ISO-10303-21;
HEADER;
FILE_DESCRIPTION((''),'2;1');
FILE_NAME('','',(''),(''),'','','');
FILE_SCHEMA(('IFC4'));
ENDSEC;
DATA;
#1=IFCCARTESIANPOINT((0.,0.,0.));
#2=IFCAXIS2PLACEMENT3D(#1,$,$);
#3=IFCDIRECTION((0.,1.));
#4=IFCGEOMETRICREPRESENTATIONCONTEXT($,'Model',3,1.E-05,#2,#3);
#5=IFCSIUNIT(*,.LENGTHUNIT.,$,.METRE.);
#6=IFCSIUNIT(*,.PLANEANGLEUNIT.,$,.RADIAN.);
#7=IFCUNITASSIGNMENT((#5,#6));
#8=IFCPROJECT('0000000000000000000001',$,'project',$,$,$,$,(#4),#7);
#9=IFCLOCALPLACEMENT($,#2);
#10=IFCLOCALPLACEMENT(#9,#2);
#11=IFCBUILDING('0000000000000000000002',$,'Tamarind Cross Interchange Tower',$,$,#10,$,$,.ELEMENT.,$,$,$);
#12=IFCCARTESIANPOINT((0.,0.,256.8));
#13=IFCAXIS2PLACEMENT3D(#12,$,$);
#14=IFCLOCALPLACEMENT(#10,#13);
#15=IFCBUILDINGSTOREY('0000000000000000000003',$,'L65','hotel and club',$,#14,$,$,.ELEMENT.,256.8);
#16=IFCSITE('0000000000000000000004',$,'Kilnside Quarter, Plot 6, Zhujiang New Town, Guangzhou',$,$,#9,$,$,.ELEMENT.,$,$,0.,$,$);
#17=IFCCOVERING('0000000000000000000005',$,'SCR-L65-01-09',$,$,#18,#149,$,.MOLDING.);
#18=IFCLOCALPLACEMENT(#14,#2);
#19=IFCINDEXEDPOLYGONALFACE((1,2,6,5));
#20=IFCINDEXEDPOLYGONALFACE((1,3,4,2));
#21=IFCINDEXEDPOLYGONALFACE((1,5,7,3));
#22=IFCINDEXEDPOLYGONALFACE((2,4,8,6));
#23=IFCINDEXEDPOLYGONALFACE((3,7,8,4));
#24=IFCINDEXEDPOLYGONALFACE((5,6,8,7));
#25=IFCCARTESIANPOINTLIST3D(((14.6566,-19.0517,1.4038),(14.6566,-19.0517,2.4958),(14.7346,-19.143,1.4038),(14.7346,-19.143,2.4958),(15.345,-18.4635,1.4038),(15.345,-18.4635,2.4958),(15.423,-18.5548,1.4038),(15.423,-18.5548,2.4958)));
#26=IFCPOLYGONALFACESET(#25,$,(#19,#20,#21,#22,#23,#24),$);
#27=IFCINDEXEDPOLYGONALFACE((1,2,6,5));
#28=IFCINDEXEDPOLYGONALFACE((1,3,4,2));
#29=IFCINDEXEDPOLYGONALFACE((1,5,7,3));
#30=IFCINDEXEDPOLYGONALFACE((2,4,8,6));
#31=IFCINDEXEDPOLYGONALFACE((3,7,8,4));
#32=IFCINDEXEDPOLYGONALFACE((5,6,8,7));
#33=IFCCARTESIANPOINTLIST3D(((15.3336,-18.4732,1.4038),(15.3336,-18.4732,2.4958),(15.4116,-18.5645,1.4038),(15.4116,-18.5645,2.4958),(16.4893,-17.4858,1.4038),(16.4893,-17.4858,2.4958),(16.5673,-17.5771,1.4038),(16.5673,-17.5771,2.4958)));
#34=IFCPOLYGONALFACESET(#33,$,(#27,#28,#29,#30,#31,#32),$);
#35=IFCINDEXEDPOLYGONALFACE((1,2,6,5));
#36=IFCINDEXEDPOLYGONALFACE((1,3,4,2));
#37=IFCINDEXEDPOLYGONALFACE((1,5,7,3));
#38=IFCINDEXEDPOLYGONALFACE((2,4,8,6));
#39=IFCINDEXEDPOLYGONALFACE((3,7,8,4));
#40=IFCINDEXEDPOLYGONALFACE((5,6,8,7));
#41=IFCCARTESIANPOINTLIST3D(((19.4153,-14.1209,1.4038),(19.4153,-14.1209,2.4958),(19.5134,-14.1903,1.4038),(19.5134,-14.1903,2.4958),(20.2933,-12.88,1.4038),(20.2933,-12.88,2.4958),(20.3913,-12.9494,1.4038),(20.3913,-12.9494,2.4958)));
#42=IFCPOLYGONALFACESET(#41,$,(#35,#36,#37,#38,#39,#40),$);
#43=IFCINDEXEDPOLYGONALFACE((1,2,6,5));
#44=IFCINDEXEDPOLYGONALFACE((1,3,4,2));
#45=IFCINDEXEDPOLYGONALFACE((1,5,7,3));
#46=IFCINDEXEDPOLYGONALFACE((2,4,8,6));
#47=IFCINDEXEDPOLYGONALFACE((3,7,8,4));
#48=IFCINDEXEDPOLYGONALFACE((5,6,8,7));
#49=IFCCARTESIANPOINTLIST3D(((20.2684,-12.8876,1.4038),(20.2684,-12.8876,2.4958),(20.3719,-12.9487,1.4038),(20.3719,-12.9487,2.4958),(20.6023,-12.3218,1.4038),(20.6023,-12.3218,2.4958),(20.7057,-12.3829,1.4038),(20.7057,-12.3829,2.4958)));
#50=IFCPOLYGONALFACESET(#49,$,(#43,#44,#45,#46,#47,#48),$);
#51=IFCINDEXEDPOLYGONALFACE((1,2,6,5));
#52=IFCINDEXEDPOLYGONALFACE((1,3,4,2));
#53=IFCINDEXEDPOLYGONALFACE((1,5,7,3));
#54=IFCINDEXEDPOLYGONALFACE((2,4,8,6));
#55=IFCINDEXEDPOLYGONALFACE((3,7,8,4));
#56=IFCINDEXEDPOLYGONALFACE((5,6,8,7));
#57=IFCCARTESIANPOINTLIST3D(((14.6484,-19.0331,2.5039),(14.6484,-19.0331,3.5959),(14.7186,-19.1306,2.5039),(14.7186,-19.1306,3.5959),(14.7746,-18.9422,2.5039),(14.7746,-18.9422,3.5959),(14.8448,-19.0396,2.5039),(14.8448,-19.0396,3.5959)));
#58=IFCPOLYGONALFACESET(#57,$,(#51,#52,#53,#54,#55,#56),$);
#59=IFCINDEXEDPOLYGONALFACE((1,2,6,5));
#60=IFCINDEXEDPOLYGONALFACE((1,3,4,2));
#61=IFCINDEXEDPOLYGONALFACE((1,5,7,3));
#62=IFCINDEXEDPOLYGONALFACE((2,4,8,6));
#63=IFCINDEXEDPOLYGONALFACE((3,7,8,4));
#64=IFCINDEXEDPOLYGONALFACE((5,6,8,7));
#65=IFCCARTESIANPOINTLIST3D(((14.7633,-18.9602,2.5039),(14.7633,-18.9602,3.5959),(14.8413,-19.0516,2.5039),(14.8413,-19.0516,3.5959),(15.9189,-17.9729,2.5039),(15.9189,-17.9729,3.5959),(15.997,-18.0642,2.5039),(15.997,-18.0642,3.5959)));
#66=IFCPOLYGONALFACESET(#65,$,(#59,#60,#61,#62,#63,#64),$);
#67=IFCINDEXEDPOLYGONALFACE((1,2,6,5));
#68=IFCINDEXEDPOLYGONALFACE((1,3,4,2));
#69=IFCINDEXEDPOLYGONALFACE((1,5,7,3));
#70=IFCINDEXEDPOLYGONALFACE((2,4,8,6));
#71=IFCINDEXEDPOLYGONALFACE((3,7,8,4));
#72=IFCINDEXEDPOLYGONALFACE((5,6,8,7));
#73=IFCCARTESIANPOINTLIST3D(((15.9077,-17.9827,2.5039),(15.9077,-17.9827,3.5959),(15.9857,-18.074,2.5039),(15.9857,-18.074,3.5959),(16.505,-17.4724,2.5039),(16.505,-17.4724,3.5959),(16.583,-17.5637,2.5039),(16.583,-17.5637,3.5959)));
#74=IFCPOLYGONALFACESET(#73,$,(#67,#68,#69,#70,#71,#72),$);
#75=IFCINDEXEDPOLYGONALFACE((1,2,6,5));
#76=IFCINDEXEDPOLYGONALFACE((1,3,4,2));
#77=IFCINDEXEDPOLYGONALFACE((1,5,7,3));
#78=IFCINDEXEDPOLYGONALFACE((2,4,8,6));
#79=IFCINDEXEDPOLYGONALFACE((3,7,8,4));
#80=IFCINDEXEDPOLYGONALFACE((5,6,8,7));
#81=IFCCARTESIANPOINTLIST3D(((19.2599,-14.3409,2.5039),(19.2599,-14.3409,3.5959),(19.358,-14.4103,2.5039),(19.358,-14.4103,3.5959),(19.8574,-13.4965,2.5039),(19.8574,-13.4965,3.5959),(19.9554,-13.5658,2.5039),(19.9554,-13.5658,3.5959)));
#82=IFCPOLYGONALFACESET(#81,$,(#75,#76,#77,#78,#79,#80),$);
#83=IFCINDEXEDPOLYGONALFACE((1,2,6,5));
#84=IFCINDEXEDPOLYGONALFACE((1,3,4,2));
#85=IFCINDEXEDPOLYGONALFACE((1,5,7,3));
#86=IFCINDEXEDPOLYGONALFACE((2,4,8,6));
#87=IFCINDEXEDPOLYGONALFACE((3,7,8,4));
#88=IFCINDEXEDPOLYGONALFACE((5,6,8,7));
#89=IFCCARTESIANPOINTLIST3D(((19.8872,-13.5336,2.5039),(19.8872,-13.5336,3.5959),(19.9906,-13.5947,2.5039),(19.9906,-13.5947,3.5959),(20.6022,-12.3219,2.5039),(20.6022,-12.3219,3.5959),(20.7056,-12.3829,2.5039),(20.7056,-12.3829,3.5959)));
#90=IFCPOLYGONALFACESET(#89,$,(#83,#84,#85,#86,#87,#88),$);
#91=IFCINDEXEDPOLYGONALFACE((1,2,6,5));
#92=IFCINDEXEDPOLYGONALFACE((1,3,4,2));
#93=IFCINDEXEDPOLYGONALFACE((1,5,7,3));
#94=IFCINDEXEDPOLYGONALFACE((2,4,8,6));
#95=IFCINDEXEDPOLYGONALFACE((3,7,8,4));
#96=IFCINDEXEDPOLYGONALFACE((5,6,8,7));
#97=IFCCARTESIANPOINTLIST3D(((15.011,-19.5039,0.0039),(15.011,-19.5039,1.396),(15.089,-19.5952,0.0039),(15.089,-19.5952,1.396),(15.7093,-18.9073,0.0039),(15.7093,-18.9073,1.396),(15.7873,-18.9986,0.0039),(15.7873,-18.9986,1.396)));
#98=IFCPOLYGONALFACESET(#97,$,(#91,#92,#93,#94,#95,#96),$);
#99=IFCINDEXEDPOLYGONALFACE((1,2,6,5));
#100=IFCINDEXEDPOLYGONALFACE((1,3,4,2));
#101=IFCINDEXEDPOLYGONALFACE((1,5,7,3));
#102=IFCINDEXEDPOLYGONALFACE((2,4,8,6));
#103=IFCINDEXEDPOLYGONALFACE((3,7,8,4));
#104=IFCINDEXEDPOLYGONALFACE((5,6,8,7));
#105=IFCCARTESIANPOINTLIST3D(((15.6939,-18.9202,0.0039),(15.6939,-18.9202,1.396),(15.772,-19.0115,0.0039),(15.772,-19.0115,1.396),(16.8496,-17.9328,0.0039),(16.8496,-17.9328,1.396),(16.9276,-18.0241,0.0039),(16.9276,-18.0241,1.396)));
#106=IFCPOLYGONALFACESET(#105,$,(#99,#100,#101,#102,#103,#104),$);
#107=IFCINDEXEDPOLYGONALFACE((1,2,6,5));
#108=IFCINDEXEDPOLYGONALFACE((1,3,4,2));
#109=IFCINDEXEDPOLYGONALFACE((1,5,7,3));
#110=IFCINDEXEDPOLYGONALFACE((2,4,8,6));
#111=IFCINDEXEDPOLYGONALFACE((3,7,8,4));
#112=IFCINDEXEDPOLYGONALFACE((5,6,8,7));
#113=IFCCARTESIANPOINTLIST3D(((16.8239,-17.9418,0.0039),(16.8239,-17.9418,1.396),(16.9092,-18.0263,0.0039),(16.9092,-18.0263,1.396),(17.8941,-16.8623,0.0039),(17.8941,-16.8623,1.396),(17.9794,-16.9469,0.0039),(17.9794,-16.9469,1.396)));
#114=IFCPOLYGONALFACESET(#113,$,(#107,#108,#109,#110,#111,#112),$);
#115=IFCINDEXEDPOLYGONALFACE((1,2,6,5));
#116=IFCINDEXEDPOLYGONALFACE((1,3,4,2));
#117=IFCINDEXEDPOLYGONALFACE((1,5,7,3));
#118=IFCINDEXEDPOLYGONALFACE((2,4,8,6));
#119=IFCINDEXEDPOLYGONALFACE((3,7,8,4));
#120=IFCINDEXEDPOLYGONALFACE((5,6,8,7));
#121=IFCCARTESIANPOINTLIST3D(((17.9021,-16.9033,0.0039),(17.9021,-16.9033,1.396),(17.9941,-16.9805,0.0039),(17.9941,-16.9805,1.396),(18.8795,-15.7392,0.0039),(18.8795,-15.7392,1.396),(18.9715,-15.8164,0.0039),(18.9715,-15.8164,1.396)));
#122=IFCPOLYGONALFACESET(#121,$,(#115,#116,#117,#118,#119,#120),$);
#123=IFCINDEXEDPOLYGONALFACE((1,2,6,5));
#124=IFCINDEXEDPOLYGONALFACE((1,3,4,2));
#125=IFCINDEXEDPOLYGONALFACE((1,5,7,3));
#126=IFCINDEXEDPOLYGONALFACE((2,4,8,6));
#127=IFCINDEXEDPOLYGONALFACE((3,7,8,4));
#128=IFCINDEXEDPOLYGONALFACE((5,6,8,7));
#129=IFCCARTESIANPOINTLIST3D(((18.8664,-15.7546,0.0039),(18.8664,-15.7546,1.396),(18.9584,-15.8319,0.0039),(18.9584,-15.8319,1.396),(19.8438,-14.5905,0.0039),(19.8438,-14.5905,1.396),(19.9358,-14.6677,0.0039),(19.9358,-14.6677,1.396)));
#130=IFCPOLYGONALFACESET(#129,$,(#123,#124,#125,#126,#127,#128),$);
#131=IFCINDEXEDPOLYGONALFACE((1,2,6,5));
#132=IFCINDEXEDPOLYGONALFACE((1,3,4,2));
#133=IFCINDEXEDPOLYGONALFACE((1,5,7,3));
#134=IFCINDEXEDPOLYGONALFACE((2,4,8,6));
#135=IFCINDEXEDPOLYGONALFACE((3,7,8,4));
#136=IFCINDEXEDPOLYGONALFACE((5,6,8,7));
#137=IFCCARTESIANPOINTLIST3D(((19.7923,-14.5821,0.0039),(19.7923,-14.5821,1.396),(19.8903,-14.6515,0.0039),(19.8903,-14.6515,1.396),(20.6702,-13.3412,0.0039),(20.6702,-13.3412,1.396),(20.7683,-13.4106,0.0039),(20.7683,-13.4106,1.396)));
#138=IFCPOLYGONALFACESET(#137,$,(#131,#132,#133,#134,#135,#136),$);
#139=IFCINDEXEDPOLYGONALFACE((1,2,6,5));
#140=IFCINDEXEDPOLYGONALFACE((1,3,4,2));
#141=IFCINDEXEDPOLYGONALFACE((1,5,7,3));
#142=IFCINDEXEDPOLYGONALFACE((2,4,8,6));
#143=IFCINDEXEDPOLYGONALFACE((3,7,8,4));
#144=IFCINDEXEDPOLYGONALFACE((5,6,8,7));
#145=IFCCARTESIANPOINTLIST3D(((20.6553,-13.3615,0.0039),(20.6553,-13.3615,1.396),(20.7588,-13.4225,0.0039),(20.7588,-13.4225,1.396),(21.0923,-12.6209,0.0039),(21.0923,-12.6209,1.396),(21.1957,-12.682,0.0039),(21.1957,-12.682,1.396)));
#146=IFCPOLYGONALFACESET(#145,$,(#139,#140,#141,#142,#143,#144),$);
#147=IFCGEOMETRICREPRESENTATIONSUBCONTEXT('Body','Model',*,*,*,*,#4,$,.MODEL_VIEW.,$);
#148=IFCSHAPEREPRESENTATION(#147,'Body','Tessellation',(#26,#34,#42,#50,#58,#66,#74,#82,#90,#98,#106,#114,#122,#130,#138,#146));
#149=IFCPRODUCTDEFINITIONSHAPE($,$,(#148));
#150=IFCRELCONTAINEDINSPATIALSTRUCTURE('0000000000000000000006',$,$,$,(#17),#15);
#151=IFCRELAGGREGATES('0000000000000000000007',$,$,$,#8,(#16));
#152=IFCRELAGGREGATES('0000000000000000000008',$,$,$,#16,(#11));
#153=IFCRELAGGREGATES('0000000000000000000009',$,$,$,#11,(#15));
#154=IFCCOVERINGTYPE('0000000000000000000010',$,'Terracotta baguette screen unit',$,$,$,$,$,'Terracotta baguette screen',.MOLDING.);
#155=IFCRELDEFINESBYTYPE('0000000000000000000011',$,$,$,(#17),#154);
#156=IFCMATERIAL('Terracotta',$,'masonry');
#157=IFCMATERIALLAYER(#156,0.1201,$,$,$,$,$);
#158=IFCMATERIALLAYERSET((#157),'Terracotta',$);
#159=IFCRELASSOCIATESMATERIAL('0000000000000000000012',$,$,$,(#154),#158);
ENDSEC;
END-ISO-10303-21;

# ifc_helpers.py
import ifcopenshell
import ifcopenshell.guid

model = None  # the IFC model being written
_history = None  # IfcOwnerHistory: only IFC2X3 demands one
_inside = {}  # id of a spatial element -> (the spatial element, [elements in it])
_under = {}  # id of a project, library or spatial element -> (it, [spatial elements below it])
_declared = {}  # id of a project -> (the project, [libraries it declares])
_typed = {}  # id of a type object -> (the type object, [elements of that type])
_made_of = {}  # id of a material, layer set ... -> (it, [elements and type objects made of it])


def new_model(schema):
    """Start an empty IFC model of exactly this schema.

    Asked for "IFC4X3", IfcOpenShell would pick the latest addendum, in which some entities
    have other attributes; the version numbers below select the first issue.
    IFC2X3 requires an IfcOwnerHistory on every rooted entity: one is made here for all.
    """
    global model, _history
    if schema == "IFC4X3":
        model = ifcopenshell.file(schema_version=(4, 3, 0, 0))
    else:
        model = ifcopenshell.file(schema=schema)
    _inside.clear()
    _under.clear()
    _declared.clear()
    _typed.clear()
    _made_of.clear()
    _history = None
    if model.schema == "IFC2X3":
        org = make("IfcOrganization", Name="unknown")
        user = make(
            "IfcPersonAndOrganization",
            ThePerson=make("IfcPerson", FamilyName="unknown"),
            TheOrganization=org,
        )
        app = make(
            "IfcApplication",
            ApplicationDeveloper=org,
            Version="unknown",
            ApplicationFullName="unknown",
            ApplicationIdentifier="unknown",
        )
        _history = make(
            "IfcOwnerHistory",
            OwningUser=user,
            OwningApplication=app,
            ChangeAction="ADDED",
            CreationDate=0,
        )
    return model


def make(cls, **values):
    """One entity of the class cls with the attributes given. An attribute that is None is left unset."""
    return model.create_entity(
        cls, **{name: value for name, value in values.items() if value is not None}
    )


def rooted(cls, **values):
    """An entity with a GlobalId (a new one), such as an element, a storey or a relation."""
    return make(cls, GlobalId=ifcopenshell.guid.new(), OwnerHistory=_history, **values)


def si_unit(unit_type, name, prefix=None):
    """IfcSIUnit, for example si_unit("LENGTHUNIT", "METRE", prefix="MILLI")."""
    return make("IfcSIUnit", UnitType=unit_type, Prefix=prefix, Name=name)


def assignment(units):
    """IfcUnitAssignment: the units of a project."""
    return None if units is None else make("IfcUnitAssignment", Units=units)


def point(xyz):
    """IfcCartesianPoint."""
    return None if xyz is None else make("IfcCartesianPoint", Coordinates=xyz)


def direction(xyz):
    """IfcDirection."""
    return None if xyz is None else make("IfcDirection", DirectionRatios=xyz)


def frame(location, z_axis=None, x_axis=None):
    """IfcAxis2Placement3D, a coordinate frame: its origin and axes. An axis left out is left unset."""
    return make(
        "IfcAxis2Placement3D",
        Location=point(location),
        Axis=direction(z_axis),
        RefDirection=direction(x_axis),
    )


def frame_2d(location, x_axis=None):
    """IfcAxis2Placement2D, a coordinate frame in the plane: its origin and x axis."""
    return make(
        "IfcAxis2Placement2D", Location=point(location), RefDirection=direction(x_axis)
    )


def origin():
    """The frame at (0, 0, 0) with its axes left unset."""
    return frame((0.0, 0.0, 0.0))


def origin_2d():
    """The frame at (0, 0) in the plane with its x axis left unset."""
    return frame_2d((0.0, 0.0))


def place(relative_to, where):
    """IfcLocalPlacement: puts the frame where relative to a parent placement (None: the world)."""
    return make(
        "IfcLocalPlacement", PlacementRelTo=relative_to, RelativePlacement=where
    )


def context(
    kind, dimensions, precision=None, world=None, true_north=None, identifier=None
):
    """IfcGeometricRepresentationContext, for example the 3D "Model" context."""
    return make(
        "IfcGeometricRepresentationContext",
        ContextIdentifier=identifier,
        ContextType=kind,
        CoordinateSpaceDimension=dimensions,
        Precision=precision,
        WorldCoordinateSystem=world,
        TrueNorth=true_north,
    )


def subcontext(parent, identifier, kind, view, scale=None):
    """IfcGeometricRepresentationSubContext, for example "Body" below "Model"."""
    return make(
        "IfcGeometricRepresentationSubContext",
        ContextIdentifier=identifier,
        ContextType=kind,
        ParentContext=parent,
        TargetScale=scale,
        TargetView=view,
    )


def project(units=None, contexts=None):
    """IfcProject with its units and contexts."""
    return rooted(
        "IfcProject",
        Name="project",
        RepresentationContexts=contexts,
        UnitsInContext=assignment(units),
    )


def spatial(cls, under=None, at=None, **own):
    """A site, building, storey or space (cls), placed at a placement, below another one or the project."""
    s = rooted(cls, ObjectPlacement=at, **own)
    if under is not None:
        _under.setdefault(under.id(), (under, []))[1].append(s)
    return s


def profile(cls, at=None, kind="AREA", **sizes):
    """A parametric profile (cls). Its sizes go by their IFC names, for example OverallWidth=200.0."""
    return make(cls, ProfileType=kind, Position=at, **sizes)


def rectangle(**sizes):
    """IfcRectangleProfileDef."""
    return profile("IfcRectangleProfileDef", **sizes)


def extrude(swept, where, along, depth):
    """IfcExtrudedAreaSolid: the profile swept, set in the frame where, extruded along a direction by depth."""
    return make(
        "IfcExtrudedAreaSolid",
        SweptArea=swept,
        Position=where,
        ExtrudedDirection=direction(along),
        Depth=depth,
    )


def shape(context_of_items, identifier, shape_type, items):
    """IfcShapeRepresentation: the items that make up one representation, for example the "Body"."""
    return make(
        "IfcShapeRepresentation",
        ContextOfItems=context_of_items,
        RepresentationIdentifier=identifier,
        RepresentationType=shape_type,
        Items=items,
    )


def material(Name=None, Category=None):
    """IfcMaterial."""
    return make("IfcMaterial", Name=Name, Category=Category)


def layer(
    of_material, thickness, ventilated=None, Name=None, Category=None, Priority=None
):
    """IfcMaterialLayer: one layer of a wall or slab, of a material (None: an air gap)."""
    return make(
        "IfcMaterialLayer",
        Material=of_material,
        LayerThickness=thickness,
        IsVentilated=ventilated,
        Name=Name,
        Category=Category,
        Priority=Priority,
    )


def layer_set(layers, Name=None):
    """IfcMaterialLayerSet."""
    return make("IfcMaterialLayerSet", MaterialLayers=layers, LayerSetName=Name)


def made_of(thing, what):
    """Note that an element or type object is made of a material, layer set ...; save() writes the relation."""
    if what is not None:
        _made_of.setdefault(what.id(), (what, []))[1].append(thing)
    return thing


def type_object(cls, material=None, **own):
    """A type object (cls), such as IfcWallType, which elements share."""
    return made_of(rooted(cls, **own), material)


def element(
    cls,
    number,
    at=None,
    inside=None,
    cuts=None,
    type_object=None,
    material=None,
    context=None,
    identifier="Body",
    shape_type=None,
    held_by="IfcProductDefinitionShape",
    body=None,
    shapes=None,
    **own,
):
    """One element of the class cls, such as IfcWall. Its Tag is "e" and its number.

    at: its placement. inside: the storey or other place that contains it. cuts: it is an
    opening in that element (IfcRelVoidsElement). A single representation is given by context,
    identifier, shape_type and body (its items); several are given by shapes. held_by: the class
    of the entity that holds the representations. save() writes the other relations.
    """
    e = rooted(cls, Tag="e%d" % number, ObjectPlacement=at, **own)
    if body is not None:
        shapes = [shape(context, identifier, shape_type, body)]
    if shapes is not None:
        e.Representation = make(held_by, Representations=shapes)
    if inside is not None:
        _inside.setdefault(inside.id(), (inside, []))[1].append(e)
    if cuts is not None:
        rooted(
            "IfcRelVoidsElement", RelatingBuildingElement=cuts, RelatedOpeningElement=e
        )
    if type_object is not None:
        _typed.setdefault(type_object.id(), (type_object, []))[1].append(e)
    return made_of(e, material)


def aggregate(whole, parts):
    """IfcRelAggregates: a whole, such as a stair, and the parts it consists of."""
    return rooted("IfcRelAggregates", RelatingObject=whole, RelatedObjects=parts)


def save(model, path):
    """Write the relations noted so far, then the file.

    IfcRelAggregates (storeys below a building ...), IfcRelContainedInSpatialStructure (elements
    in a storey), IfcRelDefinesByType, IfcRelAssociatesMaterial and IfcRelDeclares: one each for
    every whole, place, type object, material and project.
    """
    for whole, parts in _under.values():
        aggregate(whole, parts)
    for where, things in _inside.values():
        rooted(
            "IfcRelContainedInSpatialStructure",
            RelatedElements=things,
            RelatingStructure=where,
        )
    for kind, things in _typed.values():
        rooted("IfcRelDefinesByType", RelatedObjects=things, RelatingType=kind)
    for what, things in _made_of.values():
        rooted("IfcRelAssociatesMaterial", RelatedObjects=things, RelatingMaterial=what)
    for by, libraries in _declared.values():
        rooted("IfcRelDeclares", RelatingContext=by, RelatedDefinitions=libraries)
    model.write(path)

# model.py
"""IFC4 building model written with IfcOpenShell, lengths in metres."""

from ifc_helpers import new_model, si_unit, direction, frame, origin, origin_2d, place, context, subcontext, project, spatial, rectangle, extrude, material, layer, layer_set, type_object, element, save


model = new_model("IFC4")

# Units and contexts
model_context = context("Model", 3, precision=1e-05, world=origin(), true_north=direction((0.0, 1.0)))
body_context = subcontext(model_context, "Body", "Model", "MODEL_VIEW")
ifc_project = project(units=[si_unit("LENGTHUNIT", "METRE"), si_unit("PLANEANGLEUNIT", "RADIAN")], contexts=[model_context])

# Site, building, storey
site_placement = place(None, origin())
site = spatial("IfcSite", under=ifc_project, at=site_placement, Name="Kilnside Quarter, Plot 6, Zhujiang New Town, Guangzhou", CompositionType="ELEMENT", RefElevation=0.0)
building_placement = place(site_placement, origin())
building = spatial("IfcBuilding", under=site, at=building_placement, Name="Tamarind Cross Interchange Tower", CompositionType="ELEMENT")
storey_placement = place(building_placement, frame((0.0, 0.0, 256.8)))
storey = spatial("IfcBuildingStorey", under=building, at=storey_placement, Name="L65", Description="hotel and club", CompositionType="ELEMENT", Elevation=256.8)

# Covering
ifc_material_1 = material(Name="Terracotta", Category="masonry")
ifc_layer_1 = layer(ifc_material_1, 0.1201)
ifc_layer_set_1 = layer_set([ifc_layer_1], Name="Terracotta")
covering_type = type_object("IfcCoveringType", Name="Terracotta baguette screen unit", ElementType="Terracotta baguette screen", PredefinedType="MOLDING", material=ifc_layer_set_1)
covering_1_placement = place(storey_placement, origin())
element("IfcCovering", 1, at=covering_1_placement, inside=storey, type_object=covering_type, Name="SCR-L65-01-09", PredefinedType="MOLDING", context=body_context, shape_type="SweptSolid", body=[
    extrude(rectangle(XDim=0.9055, YDim=0.1201, at=origin_2d()), frame((15.0398, -18.8032, 1.4038), z_axis=(0.0, 0.0, 1.0), x_axis=(0.760296, 0.649577, 0.0)), (0.0, 0.0, 1.0), 1.092),
    extrude(rectangle(XDim=1.52, YDim=0.1201, at=origin_2d()), frame((15.9504, -18.0251, 1.4038), z_axis=(0.0, 0.0, 1.0), x_axis=(0.760296, 0.649577, 0.0)), (0.0, 0.0, 1.0), 1.092),
    extrude(rectangle(XDim=1.52, YDim=0.1201, at=origin_2d()), frame((19.9033, -13.5352, 1.4038), z_axis=(0.0, 0.0, 1.0), x_axis=(0.577569, 0.816342, 0.0)), (0.0, 0.0, 1.0), 1.092),
    extrude(rectangle(XDim=0.657, YDim=0.1201, at=origin_2d()), frame((20.4871, -12.6353, 1.4038), z_axis=(0.0, 0.0, 1.0), x_axis=(0.508183, 0.861249, 0.0)), (0.0, 0.0, 1.0), 1.092),
    extrude(rectangle(XDim=0.1555, YDim=0.1201, at=origin_2d()), frame((14.7466, -19.0364, 2.5039), z_axis=(0.0, 0.0, 1.0), x_axis=(0.81134, 0.584574, 0.0)), (0.0, 0.0, 1.0), 1.092),
    extrude(rectangle(XDim=1.52, YDim=0.1201, at=origin_2d()), frame((15.3801, -18.5122, 2.5039), z_axis=(0.0, 0.0, 1.0), x_axis=(0.760296, 0.649577, 0.0)), (0.0, 0.0, 1.0), 1.092),
    extrude(rectangle(XDim=0.7856, YDim=0.1201, at=origin_2d()), frame((16.2454, -17.7732, 2.5039), z_axis=(0.0, 0.0, 1.0), x_axis=(0.760296, 0.649577, 0.0)), (0.0, 0.0, 1.0), 1.092),
    extrude(rectangle(XDim=1.0344, YDim=0.1201, at=origin_2d()), frame((19.6077, -13.9534, 2.5039), z_axis=(0.0, 0.0, 1.0), x_axis=(0.577569, 0.816342, 0.0)), (0.0, 0.0, 1.0), 1.092),
    extrude(rectangle(XDim=1.407, YDim=0.1201, at=origin_2d()), frame((20.2964, -12.9583, 2.5039), z_axis=(0.0, 0.0, 1.0), x_axis=(0.508183, 0.861249, 0.0)), (0.0, 0.0, 1.0), 1.092),
    extrude(rectangle(XDim=0.9185, YDim=0.1201, at=origin_2d()), frame((15.3992, -19.2512, 0.0039), z_axis=(0.0, 0.0, 1.0), x_axis=(0.760296, 0.649577, 0.0)), (0.0, 0.0, 1.0), 1.3921),
    extrude(rectangle(XDim=1.52, YDim=0.1201, at=origin_2d()), frame((16.3108, -18.4722, 0.0039), z_axis=(0.0, 0.0, 1.0), x_axis=(0.760296, 0.649577, 0.0)), (0.0, 0.0, 1.0), 1.3921),
    extrude(rectangle(XDim=1.52, YDim=0.1201, at=origin_2d()), frame((17.4016, -17.4443, 0.0039), z_axis=(0.0, 0.0, 1.0), x_axis=(0.704057, 0.710143, 0.0)), (0.0, 0.0, 1.0), 1.3921),
    extrude(rectangle(XDim=1.52, YDim=0.1201, at=origin_2d()), frame((18.4368, -16.3599, 0.0039), z_axis=(0.0, 0.0, 1.0), x_axis=(0.643009, 0.765858, 0.0)), (0.0, 0.0, 1.0), 1.3921),
    extrude(rectangle(XDim=1.52, YDim=0.1201, at=origin_2d()), frame((19.4011, -15.2112, 0.0039), z_axis=(0.0, 0.0, 1.0), x_axis=(0.643009, 0.765858, 0.0)), (0.0, 0.0, 1.0), 1.3921),
    extrude(rectangle(XDim=1.52, YDim=0.1201, at=origin_2d()), frame((20.2803, -13.9963, 0.0039), z_axis=(0.0, 0.0, 1.0), x_axis=(0.577569, 0.816342, 0.0)), (0.0, 0.0, 1.0), 1.3921),
    extrude(rectangle(XDim=0.8599, YDim=0.1201, at=origin_2d()), frame((20.9255, -13.0217, 0.0039), z_axis=(0.0, 0.0, 1.0), x_axis=(0.508183, 0.861249, 0.0)), (0.0, 0.0, 1.0), 1.3921),
])

save(model, "model.ifc")
